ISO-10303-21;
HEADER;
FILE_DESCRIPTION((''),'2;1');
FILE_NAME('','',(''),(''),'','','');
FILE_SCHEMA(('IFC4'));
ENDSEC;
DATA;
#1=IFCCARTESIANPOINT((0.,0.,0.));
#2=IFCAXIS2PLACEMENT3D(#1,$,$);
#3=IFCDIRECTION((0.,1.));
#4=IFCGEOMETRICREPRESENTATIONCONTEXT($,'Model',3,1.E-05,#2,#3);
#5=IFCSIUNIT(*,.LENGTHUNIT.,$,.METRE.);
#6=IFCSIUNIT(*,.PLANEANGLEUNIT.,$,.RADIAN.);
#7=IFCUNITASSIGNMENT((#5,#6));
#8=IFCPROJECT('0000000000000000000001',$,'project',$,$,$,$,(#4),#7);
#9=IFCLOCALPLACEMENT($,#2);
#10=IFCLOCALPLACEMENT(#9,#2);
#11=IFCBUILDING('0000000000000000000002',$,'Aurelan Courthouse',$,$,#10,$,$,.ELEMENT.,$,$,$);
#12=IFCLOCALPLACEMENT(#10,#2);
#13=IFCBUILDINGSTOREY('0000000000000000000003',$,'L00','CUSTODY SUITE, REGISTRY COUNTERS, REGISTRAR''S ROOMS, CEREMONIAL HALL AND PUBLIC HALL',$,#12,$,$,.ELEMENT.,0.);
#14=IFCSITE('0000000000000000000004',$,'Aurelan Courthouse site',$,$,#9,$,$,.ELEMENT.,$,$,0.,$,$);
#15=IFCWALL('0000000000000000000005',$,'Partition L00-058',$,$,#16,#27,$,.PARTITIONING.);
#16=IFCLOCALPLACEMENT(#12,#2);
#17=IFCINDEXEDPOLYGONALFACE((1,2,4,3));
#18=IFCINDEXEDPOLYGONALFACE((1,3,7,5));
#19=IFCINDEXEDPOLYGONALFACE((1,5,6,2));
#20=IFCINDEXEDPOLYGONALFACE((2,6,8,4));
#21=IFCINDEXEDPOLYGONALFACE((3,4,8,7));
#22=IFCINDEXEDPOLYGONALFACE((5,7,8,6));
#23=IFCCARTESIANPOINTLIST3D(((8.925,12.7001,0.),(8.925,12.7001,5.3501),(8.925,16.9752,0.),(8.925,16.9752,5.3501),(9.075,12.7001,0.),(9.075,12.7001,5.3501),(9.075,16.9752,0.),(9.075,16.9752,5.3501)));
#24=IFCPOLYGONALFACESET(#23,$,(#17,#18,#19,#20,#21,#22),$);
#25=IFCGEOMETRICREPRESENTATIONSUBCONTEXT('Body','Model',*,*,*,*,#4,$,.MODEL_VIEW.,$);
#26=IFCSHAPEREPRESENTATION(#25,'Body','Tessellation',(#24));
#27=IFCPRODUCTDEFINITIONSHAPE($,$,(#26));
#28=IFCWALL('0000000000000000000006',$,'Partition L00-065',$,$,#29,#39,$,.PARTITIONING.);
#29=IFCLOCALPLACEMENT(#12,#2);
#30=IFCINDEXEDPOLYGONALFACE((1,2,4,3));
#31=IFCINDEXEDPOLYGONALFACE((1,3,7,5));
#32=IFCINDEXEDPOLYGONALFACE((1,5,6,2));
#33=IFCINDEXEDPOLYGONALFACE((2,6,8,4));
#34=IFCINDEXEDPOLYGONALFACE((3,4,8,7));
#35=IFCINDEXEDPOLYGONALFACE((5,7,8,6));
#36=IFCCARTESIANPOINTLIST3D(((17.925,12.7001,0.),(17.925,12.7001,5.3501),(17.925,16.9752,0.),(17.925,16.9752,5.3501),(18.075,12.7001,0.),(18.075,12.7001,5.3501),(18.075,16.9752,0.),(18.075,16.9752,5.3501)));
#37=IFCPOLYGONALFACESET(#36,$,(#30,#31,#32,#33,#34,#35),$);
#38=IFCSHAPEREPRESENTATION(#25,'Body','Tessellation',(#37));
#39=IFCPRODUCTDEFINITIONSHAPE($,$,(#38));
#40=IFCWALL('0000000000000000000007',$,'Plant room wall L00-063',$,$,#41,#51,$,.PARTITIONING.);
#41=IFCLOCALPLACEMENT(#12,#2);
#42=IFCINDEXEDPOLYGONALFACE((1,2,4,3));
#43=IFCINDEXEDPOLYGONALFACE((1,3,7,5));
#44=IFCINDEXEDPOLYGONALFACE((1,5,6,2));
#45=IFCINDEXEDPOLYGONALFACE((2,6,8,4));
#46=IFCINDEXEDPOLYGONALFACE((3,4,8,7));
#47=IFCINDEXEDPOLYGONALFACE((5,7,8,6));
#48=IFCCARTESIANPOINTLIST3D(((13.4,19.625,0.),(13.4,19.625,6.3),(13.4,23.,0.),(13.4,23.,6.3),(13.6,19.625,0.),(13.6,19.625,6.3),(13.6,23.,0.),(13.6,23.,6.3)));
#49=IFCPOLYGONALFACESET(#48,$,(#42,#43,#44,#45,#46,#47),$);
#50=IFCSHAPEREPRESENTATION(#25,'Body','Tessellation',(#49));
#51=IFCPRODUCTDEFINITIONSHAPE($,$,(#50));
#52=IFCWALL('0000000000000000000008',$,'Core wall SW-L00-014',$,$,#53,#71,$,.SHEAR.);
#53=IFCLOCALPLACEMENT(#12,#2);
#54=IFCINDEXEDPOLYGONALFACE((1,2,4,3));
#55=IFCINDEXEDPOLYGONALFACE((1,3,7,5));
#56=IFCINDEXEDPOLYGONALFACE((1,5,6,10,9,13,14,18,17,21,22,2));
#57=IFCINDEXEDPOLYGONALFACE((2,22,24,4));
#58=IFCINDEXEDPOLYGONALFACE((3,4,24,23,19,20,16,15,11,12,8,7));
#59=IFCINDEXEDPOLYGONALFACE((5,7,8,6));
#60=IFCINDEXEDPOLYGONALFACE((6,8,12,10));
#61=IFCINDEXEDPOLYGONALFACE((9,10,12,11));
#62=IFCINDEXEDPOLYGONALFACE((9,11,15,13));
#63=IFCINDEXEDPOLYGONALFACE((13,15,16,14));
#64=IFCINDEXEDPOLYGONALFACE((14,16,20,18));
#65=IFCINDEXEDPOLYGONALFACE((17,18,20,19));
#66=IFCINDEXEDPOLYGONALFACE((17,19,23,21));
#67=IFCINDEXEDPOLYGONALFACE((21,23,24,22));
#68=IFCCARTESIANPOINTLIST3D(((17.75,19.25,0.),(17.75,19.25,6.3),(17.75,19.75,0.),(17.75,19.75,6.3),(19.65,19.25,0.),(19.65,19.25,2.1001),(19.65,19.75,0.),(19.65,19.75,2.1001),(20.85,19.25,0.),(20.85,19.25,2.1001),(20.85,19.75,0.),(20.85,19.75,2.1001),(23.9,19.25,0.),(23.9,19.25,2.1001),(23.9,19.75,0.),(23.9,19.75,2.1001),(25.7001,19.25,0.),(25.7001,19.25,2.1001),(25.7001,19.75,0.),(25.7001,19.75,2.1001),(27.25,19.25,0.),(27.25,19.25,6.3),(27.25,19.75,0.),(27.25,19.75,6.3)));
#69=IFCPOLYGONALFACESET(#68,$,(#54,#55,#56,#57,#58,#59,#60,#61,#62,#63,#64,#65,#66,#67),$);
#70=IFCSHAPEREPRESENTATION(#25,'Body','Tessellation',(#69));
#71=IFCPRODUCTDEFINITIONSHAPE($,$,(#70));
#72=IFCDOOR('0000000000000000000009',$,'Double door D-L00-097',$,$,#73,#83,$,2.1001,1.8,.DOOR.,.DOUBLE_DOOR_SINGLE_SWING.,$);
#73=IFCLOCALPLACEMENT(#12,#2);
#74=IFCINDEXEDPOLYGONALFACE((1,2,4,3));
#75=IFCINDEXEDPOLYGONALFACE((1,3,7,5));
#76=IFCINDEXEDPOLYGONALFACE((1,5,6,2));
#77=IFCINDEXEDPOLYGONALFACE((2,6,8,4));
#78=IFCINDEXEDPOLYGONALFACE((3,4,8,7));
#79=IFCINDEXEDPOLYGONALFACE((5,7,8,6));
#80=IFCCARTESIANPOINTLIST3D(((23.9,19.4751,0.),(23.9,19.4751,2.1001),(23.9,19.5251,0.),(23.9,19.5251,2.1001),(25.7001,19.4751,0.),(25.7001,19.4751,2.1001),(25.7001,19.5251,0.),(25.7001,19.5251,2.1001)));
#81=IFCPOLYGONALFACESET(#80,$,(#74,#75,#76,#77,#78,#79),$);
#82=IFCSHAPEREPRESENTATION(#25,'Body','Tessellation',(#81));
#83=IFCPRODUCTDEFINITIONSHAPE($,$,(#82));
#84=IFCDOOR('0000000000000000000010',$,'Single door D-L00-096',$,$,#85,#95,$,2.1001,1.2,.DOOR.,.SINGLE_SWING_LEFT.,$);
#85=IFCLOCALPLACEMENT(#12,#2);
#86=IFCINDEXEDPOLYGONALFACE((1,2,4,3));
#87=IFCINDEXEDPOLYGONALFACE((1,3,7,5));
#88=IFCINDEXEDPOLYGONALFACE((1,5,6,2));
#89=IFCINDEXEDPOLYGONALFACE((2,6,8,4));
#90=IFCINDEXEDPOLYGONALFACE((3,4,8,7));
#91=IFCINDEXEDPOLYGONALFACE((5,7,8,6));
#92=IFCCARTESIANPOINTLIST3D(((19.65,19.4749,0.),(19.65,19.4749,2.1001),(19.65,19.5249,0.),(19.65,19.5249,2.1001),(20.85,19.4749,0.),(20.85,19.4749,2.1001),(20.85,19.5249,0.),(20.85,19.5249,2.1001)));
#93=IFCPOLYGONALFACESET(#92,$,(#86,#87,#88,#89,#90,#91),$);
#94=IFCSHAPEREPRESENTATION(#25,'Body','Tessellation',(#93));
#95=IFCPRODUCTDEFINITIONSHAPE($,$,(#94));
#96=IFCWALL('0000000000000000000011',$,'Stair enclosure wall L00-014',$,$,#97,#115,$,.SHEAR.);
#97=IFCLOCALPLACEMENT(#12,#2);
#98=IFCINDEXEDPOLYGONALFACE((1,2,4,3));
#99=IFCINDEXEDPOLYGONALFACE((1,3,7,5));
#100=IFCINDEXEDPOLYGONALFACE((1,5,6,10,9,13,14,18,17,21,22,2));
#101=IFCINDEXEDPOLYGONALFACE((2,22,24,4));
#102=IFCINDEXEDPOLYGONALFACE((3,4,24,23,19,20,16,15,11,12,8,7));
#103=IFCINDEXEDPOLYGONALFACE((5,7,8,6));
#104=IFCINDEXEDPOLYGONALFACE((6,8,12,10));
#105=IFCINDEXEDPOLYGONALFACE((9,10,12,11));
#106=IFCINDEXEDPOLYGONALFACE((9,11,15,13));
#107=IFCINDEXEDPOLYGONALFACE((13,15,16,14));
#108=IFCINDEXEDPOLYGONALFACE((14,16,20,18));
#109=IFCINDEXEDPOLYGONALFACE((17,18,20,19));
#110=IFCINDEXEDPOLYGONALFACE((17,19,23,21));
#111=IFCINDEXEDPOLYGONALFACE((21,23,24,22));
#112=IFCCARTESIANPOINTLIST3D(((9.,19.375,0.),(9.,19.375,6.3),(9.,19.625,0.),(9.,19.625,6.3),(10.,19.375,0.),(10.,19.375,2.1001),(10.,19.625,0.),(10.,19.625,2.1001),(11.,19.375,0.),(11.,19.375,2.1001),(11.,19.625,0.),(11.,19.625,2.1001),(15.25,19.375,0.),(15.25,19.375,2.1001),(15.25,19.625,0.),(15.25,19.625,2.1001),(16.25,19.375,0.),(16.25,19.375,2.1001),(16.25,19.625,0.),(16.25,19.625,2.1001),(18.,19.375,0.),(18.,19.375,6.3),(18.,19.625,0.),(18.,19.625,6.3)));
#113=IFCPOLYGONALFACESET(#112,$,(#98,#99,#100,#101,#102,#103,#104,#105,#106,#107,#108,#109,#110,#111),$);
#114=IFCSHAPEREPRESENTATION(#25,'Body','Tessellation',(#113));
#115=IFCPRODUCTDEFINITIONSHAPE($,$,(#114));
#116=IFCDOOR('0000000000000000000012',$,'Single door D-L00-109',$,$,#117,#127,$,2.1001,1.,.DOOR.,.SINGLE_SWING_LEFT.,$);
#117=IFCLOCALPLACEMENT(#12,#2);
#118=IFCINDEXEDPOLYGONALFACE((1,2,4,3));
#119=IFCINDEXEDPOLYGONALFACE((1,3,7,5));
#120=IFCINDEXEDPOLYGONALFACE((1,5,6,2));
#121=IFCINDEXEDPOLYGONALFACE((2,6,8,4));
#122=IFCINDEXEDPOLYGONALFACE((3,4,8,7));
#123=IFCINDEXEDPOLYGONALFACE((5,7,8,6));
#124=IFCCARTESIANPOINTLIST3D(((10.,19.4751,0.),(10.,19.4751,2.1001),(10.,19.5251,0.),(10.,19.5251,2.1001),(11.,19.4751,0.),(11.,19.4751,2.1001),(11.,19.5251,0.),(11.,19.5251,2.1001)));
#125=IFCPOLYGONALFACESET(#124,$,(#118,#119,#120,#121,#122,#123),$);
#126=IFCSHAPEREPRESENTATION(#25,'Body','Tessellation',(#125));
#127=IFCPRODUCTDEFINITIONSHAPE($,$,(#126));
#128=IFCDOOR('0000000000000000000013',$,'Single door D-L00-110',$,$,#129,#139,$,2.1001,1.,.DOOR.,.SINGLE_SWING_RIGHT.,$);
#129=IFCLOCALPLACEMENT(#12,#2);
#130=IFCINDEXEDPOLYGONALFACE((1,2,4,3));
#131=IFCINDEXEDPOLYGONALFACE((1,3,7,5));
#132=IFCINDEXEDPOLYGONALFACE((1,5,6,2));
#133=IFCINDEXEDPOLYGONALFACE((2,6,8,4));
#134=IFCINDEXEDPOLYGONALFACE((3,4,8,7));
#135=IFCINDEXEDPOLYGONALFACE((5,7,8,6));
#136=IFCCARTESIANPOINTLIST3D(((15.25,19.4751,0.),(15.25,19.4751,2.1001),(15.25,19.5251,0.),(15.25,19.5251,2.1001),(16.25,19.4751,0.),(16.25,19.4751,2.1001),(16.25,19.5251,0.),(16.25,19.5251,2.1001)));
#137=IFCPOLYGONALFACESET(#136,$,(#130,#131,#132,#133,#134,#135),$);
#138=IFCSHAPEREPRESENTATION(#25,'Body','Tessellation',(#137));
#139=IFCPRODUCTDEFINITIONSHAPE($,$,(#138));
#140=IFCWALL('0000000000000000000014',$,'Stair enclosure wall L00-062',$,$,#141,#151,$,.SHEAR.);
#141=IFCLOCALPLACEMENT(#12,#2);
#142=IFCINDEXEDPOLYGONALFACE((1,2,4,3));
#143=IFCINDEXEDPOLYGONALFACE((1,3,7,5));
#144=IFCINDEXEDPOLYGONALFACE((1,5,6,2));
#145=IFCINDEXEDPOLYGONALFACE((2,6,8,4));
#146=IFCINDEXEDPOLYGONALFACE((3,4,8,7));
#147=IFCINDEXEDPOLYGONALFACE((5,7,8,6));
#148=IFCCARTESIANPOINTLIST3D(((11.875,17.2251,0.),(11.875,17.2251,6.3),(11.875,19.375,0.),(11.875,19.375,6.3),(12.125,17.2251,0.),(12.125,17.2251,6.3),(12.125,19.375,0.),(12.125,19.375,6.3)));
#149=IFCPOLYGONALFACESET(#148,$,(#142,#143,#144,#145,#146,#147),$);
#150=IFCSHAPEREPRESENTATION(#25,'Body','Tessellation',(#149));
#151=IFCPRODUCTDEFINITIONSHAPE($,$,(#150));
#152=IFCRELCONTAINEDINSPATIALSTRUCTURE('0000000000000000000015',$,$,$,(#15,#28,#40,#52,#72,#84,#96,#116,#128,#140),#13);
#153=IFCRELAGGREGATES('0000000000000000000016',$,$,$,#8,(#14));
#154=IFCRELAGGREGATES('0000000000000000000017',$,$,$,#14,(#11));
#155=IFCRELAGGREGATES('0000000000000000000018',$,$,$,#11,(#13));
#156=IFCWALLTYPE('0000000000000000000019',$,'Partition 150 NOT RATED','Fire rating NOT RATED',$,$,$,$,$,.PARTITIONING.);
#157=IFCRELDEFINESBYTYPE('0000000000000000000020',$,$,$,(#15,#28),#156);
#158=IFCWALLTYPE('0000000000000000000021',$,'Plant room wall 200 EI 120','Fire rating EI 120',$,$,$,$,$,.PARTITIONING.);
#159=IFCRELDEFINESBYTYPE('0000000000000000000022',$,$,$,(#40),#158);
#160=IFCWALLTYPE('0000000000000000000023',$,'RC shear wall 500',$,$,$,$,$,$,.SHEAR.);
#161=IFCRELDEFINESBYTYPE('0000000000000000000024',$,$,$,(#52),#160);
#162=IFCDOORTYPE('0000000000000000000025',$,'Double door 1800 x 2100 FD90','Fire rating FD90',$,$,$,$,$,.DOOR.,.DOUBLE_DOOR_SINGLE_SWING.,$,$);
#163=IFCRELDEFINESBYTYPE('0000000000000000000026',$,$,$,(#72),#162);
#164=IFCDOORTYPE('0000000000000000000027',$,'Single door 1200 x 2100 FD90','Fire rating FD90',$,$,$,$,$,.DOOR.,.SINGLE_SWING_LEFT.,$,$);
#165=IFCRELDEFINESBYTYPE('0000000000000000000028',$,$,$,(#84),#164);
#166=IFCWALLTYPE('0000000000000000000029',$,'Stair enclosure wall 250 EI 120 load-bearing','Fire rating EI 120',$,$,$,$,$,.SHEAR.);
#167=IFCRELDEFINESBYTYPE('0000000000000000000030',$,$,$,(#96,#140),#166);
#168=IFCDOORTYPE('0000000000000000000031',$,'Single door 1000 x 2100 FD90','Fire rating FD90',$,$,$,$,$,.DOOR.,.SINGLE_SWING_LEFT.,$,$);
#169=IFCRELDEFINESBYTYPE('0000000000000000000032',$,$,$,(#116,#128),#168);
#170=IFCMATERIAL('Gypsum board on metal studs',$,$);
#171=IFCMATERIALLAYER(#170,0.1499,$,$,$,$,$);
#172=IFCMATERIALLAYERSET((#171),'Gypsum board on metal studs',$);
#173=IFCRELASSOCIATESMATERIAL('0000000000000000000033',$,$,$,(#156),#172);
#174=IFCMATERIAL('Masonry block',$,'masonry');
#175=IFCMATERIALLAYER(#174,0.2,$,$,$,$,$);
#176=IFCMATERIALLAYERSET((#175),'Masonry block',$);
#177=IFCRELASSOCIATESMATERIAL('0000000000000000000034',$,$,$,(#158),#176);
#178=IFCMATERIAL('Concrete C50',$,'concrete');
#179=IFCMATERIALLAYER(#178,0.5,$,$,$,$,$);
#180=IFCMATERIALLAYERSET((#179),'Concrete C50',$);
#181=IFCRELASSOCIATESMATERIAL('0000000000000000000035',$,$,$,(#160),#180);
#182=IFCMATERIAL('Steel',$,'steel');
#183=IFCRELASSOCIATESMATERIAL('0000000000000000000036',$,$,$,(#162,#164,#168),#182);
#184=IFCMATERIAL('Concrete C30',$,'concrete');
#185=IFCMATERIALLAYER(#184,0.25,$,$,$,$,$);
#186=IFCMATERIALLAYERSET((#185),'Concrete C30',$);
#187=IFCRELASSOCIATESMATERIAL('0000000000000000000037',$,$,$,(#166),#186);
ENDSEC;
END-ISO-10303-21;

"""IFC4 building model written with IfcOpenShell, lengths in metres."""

from ifc_helpers import new_model, si_unit, direction, frame, frame_2d, origin, place, context, subcontext, project, spatial, rectangle, extrude, material, layer, layer_set, type_object, element, fill, save


model = new_model("IFC4")

# Units and contexts
model_context = context("Model", 3, precision=1e-05, world=origin(), true_north=direction((0.0, 1.0)))
body_context = subcontext(model_context, "Body", "Model", "MODEL_VIEW")
ifc_project = project(units=[si_unit("LENGTHUNIT", "METRE"), si_unit("PLANEANGLEUNIT", "RADIAN")], contexts=[model_context])

# Site, building, storey
site_placement = place(None, origin())
site = spatial("IfcSite", under=ifc_project, at=site_placement, Name="Aurelan Courthouse site", CompositionType="ELEMENT", RefElevation=0.0)
building_placement = place(site_placement, origin())
building = spatial("IfcBuilding", under=site, at=building_placement, Name="Aurelan Courthouse", CompositionType="ELEMENT")
storey_placement = place(building_placement, origin())
storey = spatial("IfcBuildingStorey", under=building, at=storey_placement, Name="L00", Description="CUSTODY SUITE, REGISTRY COUNTERS, REGISTRAR'S ROOMS, CEREMONIAL HALL AND PUBLIC HALL", CompositionType="ELEMENT", Elevation=0.0)

# Shared definitions
ifc_material_1 = material(Name="Concrete C50", Category="concrete")

# Shared definitions
ifc_material_2 = material(Name="Gypsum board on metal studs")
ifc_layer_1 = layer(ifc_material_2, 0.1499)
ifc_layer_set_1 = layer_set([ifc_layer_1], Name="Gypsum board on metal studs")
wall_type_1 = type_object("IfcWallType", Name="Partition 150 NOT RATED", Description="Fire rating NOT RATED", PredefinedType="PARTITIONING", material=ifc_layer_set_1)

# Walls
for number, where, z_axis, x_axis, name in (
    (1, (9.0, 12.7, 0.0), (0.0, 0.0, 1.0), (0.0, 1.0, 0.0), "Partition L00-058"),
    (2, (18.0, 12.7, 0.0), (0.0, 0.0, 1.0), (0.0, 1.0, 0.0), "Partition L00-065"),
):
    element("IfcWall", number, at=place(storey_placement, frame(where, z_axis=z_axis, x_axis=x_axis)), inside=storey, type_object=wall_type_1, Name=name, PredefinedType="PARTITIONING", context=body_context, shape_type="SweptSolid", body=[
        extrude(rectangle(XDim=4.2751, YDim=0.1499, at=frame_2d((2.1377, 0.0))), origin(), (0.0, 0.0, 1.0), 5.3501),
    ])
ifc_material_3 = material(Name="Masonry block", Category="masonry")
ifc_layer_2 = layer(ifc_material_3, 0.2)
ifc_layer_set_2 = layer_set([ifc_layer_2], Name="Masonry block")
wall_type_2 = type_object("IfcWallType", Name="Plant room wall 200 EI 120", Description="Fire rating EI 120", PredefinedType="PARTITIONING", material=ifc_layer_set_2)
wall_1_placement = place(storey_placement, frame((13.5, 19.625, 0.0), z_axis=(0.0, 0.0, 1.0), x_axis=(0.0, 1.0, 0.0)))
element("IfcWall", 3, at=wall_1_placement, inside=storey, type_object=wall_type_2, Name="Plant room wall L00-063", PredefinedType="PARTITIONING", context=body_context, shape_type="SweptSolid", body=[
    extrude(rectangle(XDim=3.375, YDim=0.2, at=frame_2d((1.6875, 0.0))), origin(), (0.0, 0.0, 1.0), 6.3),
])

# Walls, openings, doors
ifc_layer_3 = layer(ifc_material_1, 0.5)
ifc_layer_set_3 = layer_set([ifc_layer_3], Name="Concrete C50")
wall_type_3 = type_object("IfcWallType", Name="RC shear wall 500", PredefinedType="SHEAR", material=ifc_layer_set_3)
wall_2_placement = place(storey_placement, frame((17.75, 19.5, 0.0), z_axis=(0.0, 0.0, 1.0), x_axis=(1.0, 0.0, 0.0)))
wall_2 = element("IfcWall", 4, at=wall_2_placement, inside=storey, type_object=wall_type_3, Name="Core wall SW-L00-014", PredefinedType="SHEAR", context=body_context, shape_type="SweptSolid", body=[
    extrude(rectangle(XDim=9.5, YDim=0.5, at=frame_2d((4.75, 0.0))), origin(), (0.0, 0.0, 1.0), 6.3),
])
opening_1_placement = place(wall_2_placement, frame((1.8999, 0.0, 0.0)))
opening_1 = element("IfcOpeningElement", 5, at=opening_1_placement, cuts=wall_2, PredefinedType="OPENING", context=body_context, shape_type="SweptSolid", body=[
    extrude(rectangle(XDim=1.2, YDim=2.1001, at=frame_2d((0.6001, 1.05))), frame((0.0, 0.26, 0.0), z_axis=(0.0, -1.0, 0.0), x_axis=(1.0, 0.0, 0.0)), (0.0, 0.0, 1.0), 0.52),
])
opening_2_placement = place(wall_2_placement, frame((7.95, 0.0, 0.0), z_axis=(0.0, 0.0, 1.0), x_axis=(-1.0, 0.0, 0.0)))
opening_2 = element("IfcOpeningElement", 6, at=opening_2_placement, cuts=wall_2, PredefinedType="OPENING", context=body_context, shape_type="SweptSolid", body=[
    extrude(rectangle(XDim=1.8, YDim=2.1001, at=frame_2d((0.8999, 1.05))), frame((0.0, 0.26, 0.0), z_axis=(0.0, -1.0, 0.0), x_axis=(1.0, 0.0, 0.0)), (0.0, 0.0, 1.0), 0.52),
])
ifc_material_4 = material(Name="Steel", Category="steel")
door_type_1 = type_object("IfcDoorType", Name="Double door 1800 x 2100 FD90", Description="Fire rating FD90", OperationType="DOUBLE_DOOR_SINGLE_SWING", PredefinedType="DOOR", material=ifc_material_4)
door_1_placement = place(opening_2_placement, origin())
door_1 = element("IfcDoor", 7, at=door_1_placement, inside=storey, type_object=door_type_1, Name="Double door D-L00-097", OperationType="DOUBLE_DOOR_SINGLE_SWING", OverallHeight=2.1001, OverallWidth=1.8, PredefinedType="DOOR", context=body_context, shape_type="SweptSolid", body=[
    extrude(rectangle(XDim=1.8, YDim=2.1001, at=frame_2d((0.8999, 1.05))), frame((0.0, 0.0249, 0.0), z_axis=(0.0, -1.0, 0.0), x_axis=(1.0, 0.0, 0.0)), (0.0, 0.0, 1.0), 0.05),
])
fill(opening_2, door_1)
door_type_2 = type_object("IfcDoorType", Name="Single door 1200 x 2100 FD90", Description="Fire rating FD90", OperationType="SINGLE_SWING_LEFT", PredefinedType="DOOR", material=ifc_material_4)
door_2_placement = place(opening_1_placement, origin())
door_2 = element("IfcDoor", 8, at=door_2_placement, inside=storey, type_object=door_type_2, Name="Single door D-L00-096", OperationType="SINGLE_SWING_LEFT", OverallHeight=2.1001, OverallWidth=1.2, PredefinedType="DOOR", context=body_context, shape_type="SweptSolid", body=[
    extrude(rectangle(XDim=1.2, YDim=2.1001, at=frame_2d((0.6001, 1.05))), frame((0.0, 0.0249, 0.0), z_axis=(0.0, -1.0, 0.0), x_axis=(1.0, 0.0, 0.0)), (0.0, 0.0, 1.0), 0.05),
])
fill(opening_1, door_2)
ifc_material_5 = material(Name="Concrete C30", Category="concrete")
ifc_layer_4 = layer(ifc_material_5, 0.25)
ifc_layer_set_4 = layer_set([ifc_layer_4], Name="Concrete C30")
wall_type_4 = type_object("IfcWallType", Name="Stair enclosure wall 250 EI 120 load-bearing", Description="Fire rating EI 120", PredefinedType="SHEAR", material=ifc_layer_set_4)
wall_3_placement = place(storey_placement, frame((9.0, 19.5, 0.0), z_axis=(0.0, 0.0, 1.0), x_axis=(1.0, 0.0, 0.0)))
wall_3 = element("IfcWall", 9, at=wall_3_placement, inside=storey, type_object=wall_type_4, Name="Stair enclosure wall L00-014", PredefinedType="SHEAR", context=body_context, shape_type="SweptSolid", body=[
    extrude(rectangle(XDim=9.0, YDim=0.25, at=frame_2d((4.5, 0.0))), origin(), (0.0, 0.0, 1.0), 6.3),
])
opening_3_placement = place(wall_3_placement, frame((2.0, 0.0, 0.0), z_axis=(0.0, 0.0, 1.0), x_axis=(-1.0, 0.0, 0.0)))
opening_3 = element("IfcOpeningElement", 10, at=opening_3_placement, cuts=wall_3, PredefinedType="OPENING", context=body_context, shape_type="SweptSolid", body=[
    extrude(rectangle(XDim=1.0, YDim=2.1001, at=frame_2d((0.5, 1.05))), frame((0.0, 0.135, 0.0), z_axis=(0.0, -1.0, 0.0), x_axis=(1.0, 0.0, 0.0)), (0.0, 0.0, 1.0), 0.27),
])
opening_4_placement = place(wall_3_placement, frame((7.25, 0.0, 0.0), z_axis=(0.0, 0.0, 1.0), x_axis=(-1.0, 0.0, 0.0)))
opening_4 = element("IfcOpeningElement", 11, at=opening_4_placement, cuts=wall_3, PredefinedType="OPENING", context=body_context, shape_type="SweptSolid", body=[
    extrude(rectangle(XDim=1.0, YDim=2.1001, at=frame_2d((0.5, 1.05))), frame((0.0, 0.135, 0.0), z_axis=(0.0, -1.0, 0.0), x_axis=(1.0, 0.0, 0.0)), (0.0, 0.0, 1.0), 0.27),
])
door_type_3 = type_object("IfcDoorType", Name="Single door 1000 x 2100 FD90", Description="Fire rating FD90", OperationType="SINGLE_SWING_LEFT", PredefinedType="DOOR", material=ifc_material_4)
door_3_placement = place(opening_3_placement, origin())
door_3 = element("IfcDoor", 12, at=door_3_placement, inside=storey, type_object=door_type_3, Name="Single door D-L00-109", OperationType="SINGLE_SWING_LEFT", OverallHeight=2.1001, OverallWidth=1.0, PredefinedType="DOOR", context=body_context, shape_type="SweptSolid", body=[
    extrude(rectangle(XDim=1.0, YDim=2.1001, at=frame_2d((0.5, 1.05))), frame((0.0, 0.0249, 0.0), z_axis=(0.0, -1.0, 0.0), x_axis=(1.0, 0.0, 0.0)), (0.0, 0.0, 1.0), 0.05),
])
fill(opening_3, door_3)
door_4_placement = place(opening_4_placement, origin())
door_4 = element("IfcDoor", 13, at=door_4_placement, inside=storey, type_object=door_type_3, Name="Single door D-L00-110", OperationType="SINGLE_SWING_RIGHT", OverallHeight=2.1001, OverallWidth=1.0, PredefinedType="DOOR", context=body_context, shape_type="SweptSolid", body=[
    extrude(rectangle(XDim=1.0, YDim=2.1001, at=frame_2d((0.5, 1.05))), frame((0.0, 0.0249, 0.0), z_axis=(0.0, -1.0, 0.0), x_axis=(1.0, 0.0, 0.0)), (0.0, 0.0, 1.0), 0.05),
])
fill(opening_4, door_4)

# Wall
wall_4_placement = place(storey_placement, frame((12.0, 17.2251, 0.0), z_axis=(0.0, 0.0, 1.0), x_axis=(0.0, 1.0, 0.0)))
element("IfcWall", 14, at=wall_4_placement, inside=storey, type_object=wall_type_4, Name="Stair enclosure wall L00-062", PredefinedType="SHEAR", context=body_context, shape_type="SweptSolid", body=[
    extrude(rectangle(XDim=2.1499, YDim=0.25, at=frame_2d((1.075, 0.0))), origin(), (0.0, 0.0, 1.0), 6.3),
])

save(model, "model.ifc")
